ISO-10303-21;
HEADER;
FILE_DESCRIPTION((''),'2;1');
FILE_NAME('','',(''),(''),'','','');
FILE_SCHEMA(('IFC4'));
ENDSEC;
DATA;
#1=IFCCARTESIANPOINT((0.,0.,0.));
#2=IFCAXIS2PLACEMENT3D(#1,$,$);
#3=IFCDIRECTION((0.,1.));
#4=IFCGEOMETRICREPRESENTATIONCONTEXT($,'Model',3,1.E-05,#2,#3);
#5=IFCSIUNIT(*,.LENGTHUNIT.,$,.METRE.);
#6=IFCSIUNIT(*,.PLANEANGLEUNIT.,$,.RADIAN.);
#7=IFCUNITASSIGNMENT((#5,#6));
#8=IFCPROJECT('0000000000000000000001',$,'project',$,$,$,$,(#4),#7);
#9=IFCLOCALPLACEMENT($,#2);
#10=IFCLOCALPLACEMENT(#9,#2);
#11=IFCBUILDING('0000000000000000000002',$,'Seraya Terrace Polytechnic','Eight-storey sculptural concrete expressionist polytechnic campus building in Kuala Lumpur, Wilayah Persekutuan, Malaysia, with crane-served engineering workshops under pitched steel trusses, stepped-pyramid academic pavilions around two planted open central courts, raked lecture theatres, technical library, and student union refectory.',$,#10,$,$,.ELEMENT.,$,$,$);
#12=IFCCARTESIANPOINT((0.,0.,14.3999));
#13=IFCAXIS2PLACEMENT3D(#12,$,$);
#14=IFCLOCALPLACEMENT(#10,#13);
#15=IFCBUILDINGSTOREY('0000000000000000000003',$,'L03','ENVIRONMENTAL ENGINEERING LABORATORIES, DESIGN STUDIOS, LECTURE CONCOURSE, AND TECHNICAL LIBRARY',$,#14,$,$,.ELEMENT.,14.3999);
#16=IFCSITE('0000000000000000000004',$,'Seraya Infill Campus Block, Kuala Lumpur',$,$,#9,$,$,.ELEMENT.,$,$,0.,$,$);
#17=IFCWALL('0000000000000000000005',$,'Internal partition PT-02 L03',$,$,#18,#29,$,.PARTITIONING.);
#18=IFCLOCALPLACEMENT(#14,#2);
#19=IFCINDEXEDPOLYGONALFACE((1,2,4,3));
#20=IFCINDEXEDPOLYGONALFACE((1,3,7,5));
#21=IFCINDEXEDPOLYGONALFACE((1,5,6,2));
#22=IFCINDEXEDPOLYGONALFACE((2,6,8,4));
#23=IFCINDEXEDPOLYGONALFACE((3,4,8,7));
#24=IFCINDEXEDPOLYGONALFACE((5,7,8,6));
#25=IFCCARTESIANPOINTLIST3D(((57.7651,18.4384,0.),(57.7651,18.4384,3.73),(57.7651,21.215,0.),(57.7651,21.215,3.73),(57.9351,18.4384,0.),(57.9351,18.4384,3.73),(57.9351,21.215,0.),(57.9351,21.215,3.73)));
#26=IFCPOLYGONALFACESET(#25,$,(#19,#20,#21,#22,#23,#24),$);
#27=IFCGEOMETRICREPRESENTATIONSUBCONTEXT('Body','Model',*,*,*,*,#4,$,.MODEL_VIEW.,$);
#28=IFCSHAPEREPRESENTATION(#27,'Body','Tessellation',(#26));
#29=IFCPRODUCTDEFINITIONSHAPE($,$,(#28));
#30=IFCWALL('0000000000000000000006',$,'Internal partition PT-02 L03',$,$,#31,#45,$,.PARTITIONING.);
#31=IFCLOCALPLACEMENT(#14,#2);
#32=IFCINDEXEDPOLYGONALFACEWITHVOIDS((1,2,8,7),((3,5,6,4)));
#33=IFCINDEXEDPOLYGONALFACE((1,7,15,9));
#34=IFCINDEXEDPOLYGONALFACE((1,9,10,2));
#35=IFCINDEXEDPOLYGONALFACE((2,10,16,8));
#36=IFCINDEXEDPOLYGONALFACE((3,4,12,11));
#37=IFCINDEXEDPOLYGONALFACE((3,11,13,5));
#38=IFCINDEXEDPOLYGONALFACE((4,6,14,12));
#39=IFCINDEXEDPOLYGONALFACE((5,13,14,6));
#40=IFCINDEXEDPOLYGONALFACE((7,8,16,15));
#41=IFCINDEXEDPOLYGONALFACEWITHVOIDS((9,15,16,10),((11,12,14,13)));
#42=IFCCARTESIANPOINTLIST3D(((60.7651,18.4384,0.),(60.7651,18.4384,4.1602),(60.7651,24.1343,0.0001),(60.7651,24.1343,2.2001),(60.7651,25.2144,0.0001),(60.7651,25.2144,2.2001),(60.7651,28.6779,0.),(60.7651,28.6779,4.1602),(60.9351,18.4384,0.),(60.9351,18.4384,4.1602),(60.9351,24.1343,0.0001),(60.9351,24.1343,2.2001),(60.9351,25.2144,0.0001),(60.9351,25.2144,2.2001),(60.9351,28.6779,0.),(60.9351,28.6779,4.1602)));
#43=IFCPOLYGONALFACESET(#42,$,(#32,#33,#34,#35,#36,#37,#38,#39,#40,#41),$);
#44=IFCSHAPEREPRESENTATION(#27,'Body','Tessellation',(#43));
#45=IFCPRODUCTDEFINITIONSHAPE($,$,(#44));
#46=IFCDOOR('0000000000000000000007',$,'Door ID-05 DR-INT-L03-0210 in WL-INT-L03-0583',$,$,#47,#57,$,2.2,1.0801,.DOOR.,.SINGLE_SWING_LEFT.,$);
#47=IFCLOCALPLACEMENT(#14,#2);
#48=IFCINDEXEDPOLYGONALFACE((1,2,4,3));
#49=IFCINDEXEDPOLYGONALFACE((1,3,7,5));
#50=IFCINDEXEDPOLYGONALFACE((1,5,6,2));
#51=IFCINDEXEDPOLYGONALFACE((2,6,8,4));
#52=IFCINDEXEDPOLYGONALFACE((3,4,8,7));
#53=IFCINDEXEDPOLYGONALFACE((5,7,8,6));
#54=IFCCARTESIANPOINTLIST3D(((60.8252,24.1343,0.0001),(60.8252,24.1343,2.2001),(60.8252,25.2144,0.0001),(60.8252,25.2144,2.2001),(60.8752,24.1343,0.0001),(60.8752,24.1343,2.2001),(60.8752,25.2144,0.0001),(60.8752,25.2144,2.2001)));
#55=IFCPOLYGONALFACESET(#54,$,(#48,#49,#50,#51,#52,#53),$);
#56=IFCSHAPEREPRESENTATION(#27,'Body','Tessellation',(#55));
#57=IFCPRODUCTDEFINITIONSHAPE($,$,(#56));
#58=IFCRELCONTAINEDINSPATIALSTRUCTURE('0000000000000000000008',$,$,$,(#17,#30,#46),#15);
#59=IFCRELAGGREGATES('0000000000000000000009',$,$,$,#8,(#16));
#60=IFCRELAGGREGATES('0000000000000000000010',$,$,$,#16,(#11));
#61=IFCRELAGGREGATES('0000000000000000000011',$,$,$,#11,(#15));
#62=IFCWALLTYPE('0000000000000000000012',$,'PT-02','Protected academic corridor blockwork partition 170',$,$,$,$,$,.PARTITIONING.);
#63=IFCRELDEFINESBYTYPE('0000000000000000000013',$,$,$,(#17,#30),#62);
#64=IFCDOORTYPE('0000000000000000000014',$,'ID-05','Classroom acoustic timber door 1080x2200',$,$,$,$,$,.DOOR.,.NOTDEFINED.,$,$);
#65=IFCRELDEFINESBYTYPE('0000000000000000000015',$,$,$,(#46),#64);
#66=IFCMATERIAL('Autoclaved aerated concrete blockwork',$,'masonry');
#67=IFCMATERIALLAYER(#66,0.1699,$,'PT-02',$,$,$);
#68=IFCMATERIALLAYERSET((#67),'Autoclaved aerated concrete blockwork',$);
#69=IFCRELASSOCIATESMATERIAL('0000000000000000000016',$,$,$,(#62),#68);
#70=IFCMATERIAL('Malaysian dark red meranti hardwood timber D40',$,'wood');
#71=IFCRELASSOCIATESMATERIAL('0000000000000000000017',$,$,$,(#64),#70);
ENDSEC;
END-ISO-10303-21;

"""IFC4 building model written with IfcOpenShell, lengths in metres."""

from ifc_helpers import new_model, si_unit, direction, frame, frame_2d, origin, place, context, subcontext, project, spatial, rectangle, extrude, material, layer, layer_set, type_object, element, fill, save


model = new_model("IFC4")

# Units and contexts
model_context = context("Model", 3, precision=1e-05, world=origin(), true_north=direction((0.0, 1.0)))
body_context = subcontext(model_context, "Body", "Model", "MODEL_VIEW")
ifc_project = project(units=[si_unit("LENGTHUNIT", "METRE"), si_unit("PLANEANGLEUNIT", "RADIAN")], contexts=[model_context])

# Site, building, storey
site_placement = place(None, origin())
site = spatial("IfcSite", under=ifc_project, at=site_placement, Name="Seraya Infill Campus Block, Kuala Lumpur", CompositionType="ELEMENT", RefElevation=0.0)
building_placement = place(site_placement, origin())
building = spatial("IfcBuilding", under=site, at=building_placement, Name="Seraya Terrace Polytechnic", Description="Eight-storey sculptural concrete expressionist polytechnic campus building in Kuala Lumpur, Wilayah Persekutuan, Malaysia, with crane-served engineering workshops under pitched steel trusses, stepped-pyramid academic pavilions around two planted open central courts, raked lecture theatres, technical library, and student union refectory.", CompositionType="ELEMENT")
storey_placement = place(building_placement, frame((0.0, 0.0, 14.3999)))
storey = spatial("IfcBuildingStorey", under=building, at=storey_placement, Name="L03", Description="ENVIRONMENTAL ENGINEERING LABORATORIES, DESIGN STUDIOS, LECTURE CONCOURSE, AND TECHNICAL LIBRARY", CompositionType="ELEMENT", Elevation=14.3999)

# Shared definitions
ifc_material_1 = material(Name="Autoclaved aerated concrete blockwork", Category="masonry")
ifc_layer = layer(ifc_material_1, 0.1699, Name="PT-02")
ifc_layer_set = layer_set([ifc_layer], Name="Autoclaved aerated concrete blockwork")
wall_type = type_object("IfcWallType", Name="PT-02", Description="Protected academic corridor blockwork partition 170", PredefinedType="PARTITIONING", material=ifc_layer_set)
ifc_material_2 = material(Name="Malaysian dark red meranti hardwood timber D40", Category="wood")

# Wall
wall_1_placement = place(storey_placement, frame((57.8501, 18.4385, 0.0), z_axis=(0.0, 0.0, 1.0), x_axis=(0.0, 1.0, 0.0)))
element("IfcWall", 1, at=wall_1_placement, inside=storey, type_object=wall_type, Name="Internal partition PT-02 L03", PredefinedType="PARTITIONING", context=body_context, shape_type="SweptSolid", body=[
    extrude(rectangle(XDim=2.7766, YDim=0.1699, at=frame_2d((1.3882, 0.0))), origin(), (0.0, 0.0, 1.0), 3.73),
])

# Wall, opening, door
wall_2_placement = place(storey_placement, frame((60.8501, 18.4385, 0.0), z_axis=(0.0, 0.0, 1.0), x_axis=(0.0, 1.0, 0.0)))
wall_2 = element("IfcWall", 2, at=wall_2_placement, inside=storey, type_object=wall_type, Name="Internal partition PT-02 L03", PredefinedType="PARTITIONING", context=body_context, shape_type="SweptSolid", body=[
    extrude(rectangle(XDim=10.2395, YDim=0.1699, at=frame_2d((5.1196, 0.0))), origin(), (0.0, 0.0, 1.0), 4.1602),
])
opening_1_placement = place(wall_2_placement, frame((5.6958, 0.0, 0.0)))
opening_1 = element("IfcOpeningElement", 3, at=opening_1_placement, cuts=wall_2, PredefinedType="OPENING", context=body_context, shape_type="SweptSolid", body=[
    extrude(rectangle(XDim=1.0801, YDim=2.2, at=frame_2d((0.54, 1.1001))), frame((0.0, 0.0969, 0.0), z_axis=(0.0, -1.0, 0.0), x_axis=(1.0, 0.0, 0.0)), (0.0, 0.0, 1.0), 0.1938),
])
door_type_1 = type_object("IfcDoorType", Name="ID-05", Description="Classroom acoustic timber door 1080x2200", OperationType="NOTDEFINED", PredefinedType="DOOR", material=ifc_material_2)
door_1_placement = place(opening_1_placement, origin())
door_1 = element("IfcDoor", 4, at=door_1_placement, inside=storey, type_object=door_type_1, Name="Door ID-05 DR-INT-L03-0210 in WL-INT-L03-0583", OperationType="SINGLE_SWING_LEFT", OverallHeight=2.2, OverallWidth=1.0801, PredefinedType="DOOR", context=body_context, shape_type="SweptSolid", body=[
    extrude(rectangle(XDim=1.0801, YDim=2.2, at=frame_2d((0.54, 1.1001))), frame((0.0, 0.0249, 0.0), z_axis=(0.0, -1.0, 0.0), x_axis=(1.0, 0.0, 0.0)), (0.0, 0.0, 1.0), 0.05),
])
fill(opening_1, door_1)

save(model, "model.ifc")
